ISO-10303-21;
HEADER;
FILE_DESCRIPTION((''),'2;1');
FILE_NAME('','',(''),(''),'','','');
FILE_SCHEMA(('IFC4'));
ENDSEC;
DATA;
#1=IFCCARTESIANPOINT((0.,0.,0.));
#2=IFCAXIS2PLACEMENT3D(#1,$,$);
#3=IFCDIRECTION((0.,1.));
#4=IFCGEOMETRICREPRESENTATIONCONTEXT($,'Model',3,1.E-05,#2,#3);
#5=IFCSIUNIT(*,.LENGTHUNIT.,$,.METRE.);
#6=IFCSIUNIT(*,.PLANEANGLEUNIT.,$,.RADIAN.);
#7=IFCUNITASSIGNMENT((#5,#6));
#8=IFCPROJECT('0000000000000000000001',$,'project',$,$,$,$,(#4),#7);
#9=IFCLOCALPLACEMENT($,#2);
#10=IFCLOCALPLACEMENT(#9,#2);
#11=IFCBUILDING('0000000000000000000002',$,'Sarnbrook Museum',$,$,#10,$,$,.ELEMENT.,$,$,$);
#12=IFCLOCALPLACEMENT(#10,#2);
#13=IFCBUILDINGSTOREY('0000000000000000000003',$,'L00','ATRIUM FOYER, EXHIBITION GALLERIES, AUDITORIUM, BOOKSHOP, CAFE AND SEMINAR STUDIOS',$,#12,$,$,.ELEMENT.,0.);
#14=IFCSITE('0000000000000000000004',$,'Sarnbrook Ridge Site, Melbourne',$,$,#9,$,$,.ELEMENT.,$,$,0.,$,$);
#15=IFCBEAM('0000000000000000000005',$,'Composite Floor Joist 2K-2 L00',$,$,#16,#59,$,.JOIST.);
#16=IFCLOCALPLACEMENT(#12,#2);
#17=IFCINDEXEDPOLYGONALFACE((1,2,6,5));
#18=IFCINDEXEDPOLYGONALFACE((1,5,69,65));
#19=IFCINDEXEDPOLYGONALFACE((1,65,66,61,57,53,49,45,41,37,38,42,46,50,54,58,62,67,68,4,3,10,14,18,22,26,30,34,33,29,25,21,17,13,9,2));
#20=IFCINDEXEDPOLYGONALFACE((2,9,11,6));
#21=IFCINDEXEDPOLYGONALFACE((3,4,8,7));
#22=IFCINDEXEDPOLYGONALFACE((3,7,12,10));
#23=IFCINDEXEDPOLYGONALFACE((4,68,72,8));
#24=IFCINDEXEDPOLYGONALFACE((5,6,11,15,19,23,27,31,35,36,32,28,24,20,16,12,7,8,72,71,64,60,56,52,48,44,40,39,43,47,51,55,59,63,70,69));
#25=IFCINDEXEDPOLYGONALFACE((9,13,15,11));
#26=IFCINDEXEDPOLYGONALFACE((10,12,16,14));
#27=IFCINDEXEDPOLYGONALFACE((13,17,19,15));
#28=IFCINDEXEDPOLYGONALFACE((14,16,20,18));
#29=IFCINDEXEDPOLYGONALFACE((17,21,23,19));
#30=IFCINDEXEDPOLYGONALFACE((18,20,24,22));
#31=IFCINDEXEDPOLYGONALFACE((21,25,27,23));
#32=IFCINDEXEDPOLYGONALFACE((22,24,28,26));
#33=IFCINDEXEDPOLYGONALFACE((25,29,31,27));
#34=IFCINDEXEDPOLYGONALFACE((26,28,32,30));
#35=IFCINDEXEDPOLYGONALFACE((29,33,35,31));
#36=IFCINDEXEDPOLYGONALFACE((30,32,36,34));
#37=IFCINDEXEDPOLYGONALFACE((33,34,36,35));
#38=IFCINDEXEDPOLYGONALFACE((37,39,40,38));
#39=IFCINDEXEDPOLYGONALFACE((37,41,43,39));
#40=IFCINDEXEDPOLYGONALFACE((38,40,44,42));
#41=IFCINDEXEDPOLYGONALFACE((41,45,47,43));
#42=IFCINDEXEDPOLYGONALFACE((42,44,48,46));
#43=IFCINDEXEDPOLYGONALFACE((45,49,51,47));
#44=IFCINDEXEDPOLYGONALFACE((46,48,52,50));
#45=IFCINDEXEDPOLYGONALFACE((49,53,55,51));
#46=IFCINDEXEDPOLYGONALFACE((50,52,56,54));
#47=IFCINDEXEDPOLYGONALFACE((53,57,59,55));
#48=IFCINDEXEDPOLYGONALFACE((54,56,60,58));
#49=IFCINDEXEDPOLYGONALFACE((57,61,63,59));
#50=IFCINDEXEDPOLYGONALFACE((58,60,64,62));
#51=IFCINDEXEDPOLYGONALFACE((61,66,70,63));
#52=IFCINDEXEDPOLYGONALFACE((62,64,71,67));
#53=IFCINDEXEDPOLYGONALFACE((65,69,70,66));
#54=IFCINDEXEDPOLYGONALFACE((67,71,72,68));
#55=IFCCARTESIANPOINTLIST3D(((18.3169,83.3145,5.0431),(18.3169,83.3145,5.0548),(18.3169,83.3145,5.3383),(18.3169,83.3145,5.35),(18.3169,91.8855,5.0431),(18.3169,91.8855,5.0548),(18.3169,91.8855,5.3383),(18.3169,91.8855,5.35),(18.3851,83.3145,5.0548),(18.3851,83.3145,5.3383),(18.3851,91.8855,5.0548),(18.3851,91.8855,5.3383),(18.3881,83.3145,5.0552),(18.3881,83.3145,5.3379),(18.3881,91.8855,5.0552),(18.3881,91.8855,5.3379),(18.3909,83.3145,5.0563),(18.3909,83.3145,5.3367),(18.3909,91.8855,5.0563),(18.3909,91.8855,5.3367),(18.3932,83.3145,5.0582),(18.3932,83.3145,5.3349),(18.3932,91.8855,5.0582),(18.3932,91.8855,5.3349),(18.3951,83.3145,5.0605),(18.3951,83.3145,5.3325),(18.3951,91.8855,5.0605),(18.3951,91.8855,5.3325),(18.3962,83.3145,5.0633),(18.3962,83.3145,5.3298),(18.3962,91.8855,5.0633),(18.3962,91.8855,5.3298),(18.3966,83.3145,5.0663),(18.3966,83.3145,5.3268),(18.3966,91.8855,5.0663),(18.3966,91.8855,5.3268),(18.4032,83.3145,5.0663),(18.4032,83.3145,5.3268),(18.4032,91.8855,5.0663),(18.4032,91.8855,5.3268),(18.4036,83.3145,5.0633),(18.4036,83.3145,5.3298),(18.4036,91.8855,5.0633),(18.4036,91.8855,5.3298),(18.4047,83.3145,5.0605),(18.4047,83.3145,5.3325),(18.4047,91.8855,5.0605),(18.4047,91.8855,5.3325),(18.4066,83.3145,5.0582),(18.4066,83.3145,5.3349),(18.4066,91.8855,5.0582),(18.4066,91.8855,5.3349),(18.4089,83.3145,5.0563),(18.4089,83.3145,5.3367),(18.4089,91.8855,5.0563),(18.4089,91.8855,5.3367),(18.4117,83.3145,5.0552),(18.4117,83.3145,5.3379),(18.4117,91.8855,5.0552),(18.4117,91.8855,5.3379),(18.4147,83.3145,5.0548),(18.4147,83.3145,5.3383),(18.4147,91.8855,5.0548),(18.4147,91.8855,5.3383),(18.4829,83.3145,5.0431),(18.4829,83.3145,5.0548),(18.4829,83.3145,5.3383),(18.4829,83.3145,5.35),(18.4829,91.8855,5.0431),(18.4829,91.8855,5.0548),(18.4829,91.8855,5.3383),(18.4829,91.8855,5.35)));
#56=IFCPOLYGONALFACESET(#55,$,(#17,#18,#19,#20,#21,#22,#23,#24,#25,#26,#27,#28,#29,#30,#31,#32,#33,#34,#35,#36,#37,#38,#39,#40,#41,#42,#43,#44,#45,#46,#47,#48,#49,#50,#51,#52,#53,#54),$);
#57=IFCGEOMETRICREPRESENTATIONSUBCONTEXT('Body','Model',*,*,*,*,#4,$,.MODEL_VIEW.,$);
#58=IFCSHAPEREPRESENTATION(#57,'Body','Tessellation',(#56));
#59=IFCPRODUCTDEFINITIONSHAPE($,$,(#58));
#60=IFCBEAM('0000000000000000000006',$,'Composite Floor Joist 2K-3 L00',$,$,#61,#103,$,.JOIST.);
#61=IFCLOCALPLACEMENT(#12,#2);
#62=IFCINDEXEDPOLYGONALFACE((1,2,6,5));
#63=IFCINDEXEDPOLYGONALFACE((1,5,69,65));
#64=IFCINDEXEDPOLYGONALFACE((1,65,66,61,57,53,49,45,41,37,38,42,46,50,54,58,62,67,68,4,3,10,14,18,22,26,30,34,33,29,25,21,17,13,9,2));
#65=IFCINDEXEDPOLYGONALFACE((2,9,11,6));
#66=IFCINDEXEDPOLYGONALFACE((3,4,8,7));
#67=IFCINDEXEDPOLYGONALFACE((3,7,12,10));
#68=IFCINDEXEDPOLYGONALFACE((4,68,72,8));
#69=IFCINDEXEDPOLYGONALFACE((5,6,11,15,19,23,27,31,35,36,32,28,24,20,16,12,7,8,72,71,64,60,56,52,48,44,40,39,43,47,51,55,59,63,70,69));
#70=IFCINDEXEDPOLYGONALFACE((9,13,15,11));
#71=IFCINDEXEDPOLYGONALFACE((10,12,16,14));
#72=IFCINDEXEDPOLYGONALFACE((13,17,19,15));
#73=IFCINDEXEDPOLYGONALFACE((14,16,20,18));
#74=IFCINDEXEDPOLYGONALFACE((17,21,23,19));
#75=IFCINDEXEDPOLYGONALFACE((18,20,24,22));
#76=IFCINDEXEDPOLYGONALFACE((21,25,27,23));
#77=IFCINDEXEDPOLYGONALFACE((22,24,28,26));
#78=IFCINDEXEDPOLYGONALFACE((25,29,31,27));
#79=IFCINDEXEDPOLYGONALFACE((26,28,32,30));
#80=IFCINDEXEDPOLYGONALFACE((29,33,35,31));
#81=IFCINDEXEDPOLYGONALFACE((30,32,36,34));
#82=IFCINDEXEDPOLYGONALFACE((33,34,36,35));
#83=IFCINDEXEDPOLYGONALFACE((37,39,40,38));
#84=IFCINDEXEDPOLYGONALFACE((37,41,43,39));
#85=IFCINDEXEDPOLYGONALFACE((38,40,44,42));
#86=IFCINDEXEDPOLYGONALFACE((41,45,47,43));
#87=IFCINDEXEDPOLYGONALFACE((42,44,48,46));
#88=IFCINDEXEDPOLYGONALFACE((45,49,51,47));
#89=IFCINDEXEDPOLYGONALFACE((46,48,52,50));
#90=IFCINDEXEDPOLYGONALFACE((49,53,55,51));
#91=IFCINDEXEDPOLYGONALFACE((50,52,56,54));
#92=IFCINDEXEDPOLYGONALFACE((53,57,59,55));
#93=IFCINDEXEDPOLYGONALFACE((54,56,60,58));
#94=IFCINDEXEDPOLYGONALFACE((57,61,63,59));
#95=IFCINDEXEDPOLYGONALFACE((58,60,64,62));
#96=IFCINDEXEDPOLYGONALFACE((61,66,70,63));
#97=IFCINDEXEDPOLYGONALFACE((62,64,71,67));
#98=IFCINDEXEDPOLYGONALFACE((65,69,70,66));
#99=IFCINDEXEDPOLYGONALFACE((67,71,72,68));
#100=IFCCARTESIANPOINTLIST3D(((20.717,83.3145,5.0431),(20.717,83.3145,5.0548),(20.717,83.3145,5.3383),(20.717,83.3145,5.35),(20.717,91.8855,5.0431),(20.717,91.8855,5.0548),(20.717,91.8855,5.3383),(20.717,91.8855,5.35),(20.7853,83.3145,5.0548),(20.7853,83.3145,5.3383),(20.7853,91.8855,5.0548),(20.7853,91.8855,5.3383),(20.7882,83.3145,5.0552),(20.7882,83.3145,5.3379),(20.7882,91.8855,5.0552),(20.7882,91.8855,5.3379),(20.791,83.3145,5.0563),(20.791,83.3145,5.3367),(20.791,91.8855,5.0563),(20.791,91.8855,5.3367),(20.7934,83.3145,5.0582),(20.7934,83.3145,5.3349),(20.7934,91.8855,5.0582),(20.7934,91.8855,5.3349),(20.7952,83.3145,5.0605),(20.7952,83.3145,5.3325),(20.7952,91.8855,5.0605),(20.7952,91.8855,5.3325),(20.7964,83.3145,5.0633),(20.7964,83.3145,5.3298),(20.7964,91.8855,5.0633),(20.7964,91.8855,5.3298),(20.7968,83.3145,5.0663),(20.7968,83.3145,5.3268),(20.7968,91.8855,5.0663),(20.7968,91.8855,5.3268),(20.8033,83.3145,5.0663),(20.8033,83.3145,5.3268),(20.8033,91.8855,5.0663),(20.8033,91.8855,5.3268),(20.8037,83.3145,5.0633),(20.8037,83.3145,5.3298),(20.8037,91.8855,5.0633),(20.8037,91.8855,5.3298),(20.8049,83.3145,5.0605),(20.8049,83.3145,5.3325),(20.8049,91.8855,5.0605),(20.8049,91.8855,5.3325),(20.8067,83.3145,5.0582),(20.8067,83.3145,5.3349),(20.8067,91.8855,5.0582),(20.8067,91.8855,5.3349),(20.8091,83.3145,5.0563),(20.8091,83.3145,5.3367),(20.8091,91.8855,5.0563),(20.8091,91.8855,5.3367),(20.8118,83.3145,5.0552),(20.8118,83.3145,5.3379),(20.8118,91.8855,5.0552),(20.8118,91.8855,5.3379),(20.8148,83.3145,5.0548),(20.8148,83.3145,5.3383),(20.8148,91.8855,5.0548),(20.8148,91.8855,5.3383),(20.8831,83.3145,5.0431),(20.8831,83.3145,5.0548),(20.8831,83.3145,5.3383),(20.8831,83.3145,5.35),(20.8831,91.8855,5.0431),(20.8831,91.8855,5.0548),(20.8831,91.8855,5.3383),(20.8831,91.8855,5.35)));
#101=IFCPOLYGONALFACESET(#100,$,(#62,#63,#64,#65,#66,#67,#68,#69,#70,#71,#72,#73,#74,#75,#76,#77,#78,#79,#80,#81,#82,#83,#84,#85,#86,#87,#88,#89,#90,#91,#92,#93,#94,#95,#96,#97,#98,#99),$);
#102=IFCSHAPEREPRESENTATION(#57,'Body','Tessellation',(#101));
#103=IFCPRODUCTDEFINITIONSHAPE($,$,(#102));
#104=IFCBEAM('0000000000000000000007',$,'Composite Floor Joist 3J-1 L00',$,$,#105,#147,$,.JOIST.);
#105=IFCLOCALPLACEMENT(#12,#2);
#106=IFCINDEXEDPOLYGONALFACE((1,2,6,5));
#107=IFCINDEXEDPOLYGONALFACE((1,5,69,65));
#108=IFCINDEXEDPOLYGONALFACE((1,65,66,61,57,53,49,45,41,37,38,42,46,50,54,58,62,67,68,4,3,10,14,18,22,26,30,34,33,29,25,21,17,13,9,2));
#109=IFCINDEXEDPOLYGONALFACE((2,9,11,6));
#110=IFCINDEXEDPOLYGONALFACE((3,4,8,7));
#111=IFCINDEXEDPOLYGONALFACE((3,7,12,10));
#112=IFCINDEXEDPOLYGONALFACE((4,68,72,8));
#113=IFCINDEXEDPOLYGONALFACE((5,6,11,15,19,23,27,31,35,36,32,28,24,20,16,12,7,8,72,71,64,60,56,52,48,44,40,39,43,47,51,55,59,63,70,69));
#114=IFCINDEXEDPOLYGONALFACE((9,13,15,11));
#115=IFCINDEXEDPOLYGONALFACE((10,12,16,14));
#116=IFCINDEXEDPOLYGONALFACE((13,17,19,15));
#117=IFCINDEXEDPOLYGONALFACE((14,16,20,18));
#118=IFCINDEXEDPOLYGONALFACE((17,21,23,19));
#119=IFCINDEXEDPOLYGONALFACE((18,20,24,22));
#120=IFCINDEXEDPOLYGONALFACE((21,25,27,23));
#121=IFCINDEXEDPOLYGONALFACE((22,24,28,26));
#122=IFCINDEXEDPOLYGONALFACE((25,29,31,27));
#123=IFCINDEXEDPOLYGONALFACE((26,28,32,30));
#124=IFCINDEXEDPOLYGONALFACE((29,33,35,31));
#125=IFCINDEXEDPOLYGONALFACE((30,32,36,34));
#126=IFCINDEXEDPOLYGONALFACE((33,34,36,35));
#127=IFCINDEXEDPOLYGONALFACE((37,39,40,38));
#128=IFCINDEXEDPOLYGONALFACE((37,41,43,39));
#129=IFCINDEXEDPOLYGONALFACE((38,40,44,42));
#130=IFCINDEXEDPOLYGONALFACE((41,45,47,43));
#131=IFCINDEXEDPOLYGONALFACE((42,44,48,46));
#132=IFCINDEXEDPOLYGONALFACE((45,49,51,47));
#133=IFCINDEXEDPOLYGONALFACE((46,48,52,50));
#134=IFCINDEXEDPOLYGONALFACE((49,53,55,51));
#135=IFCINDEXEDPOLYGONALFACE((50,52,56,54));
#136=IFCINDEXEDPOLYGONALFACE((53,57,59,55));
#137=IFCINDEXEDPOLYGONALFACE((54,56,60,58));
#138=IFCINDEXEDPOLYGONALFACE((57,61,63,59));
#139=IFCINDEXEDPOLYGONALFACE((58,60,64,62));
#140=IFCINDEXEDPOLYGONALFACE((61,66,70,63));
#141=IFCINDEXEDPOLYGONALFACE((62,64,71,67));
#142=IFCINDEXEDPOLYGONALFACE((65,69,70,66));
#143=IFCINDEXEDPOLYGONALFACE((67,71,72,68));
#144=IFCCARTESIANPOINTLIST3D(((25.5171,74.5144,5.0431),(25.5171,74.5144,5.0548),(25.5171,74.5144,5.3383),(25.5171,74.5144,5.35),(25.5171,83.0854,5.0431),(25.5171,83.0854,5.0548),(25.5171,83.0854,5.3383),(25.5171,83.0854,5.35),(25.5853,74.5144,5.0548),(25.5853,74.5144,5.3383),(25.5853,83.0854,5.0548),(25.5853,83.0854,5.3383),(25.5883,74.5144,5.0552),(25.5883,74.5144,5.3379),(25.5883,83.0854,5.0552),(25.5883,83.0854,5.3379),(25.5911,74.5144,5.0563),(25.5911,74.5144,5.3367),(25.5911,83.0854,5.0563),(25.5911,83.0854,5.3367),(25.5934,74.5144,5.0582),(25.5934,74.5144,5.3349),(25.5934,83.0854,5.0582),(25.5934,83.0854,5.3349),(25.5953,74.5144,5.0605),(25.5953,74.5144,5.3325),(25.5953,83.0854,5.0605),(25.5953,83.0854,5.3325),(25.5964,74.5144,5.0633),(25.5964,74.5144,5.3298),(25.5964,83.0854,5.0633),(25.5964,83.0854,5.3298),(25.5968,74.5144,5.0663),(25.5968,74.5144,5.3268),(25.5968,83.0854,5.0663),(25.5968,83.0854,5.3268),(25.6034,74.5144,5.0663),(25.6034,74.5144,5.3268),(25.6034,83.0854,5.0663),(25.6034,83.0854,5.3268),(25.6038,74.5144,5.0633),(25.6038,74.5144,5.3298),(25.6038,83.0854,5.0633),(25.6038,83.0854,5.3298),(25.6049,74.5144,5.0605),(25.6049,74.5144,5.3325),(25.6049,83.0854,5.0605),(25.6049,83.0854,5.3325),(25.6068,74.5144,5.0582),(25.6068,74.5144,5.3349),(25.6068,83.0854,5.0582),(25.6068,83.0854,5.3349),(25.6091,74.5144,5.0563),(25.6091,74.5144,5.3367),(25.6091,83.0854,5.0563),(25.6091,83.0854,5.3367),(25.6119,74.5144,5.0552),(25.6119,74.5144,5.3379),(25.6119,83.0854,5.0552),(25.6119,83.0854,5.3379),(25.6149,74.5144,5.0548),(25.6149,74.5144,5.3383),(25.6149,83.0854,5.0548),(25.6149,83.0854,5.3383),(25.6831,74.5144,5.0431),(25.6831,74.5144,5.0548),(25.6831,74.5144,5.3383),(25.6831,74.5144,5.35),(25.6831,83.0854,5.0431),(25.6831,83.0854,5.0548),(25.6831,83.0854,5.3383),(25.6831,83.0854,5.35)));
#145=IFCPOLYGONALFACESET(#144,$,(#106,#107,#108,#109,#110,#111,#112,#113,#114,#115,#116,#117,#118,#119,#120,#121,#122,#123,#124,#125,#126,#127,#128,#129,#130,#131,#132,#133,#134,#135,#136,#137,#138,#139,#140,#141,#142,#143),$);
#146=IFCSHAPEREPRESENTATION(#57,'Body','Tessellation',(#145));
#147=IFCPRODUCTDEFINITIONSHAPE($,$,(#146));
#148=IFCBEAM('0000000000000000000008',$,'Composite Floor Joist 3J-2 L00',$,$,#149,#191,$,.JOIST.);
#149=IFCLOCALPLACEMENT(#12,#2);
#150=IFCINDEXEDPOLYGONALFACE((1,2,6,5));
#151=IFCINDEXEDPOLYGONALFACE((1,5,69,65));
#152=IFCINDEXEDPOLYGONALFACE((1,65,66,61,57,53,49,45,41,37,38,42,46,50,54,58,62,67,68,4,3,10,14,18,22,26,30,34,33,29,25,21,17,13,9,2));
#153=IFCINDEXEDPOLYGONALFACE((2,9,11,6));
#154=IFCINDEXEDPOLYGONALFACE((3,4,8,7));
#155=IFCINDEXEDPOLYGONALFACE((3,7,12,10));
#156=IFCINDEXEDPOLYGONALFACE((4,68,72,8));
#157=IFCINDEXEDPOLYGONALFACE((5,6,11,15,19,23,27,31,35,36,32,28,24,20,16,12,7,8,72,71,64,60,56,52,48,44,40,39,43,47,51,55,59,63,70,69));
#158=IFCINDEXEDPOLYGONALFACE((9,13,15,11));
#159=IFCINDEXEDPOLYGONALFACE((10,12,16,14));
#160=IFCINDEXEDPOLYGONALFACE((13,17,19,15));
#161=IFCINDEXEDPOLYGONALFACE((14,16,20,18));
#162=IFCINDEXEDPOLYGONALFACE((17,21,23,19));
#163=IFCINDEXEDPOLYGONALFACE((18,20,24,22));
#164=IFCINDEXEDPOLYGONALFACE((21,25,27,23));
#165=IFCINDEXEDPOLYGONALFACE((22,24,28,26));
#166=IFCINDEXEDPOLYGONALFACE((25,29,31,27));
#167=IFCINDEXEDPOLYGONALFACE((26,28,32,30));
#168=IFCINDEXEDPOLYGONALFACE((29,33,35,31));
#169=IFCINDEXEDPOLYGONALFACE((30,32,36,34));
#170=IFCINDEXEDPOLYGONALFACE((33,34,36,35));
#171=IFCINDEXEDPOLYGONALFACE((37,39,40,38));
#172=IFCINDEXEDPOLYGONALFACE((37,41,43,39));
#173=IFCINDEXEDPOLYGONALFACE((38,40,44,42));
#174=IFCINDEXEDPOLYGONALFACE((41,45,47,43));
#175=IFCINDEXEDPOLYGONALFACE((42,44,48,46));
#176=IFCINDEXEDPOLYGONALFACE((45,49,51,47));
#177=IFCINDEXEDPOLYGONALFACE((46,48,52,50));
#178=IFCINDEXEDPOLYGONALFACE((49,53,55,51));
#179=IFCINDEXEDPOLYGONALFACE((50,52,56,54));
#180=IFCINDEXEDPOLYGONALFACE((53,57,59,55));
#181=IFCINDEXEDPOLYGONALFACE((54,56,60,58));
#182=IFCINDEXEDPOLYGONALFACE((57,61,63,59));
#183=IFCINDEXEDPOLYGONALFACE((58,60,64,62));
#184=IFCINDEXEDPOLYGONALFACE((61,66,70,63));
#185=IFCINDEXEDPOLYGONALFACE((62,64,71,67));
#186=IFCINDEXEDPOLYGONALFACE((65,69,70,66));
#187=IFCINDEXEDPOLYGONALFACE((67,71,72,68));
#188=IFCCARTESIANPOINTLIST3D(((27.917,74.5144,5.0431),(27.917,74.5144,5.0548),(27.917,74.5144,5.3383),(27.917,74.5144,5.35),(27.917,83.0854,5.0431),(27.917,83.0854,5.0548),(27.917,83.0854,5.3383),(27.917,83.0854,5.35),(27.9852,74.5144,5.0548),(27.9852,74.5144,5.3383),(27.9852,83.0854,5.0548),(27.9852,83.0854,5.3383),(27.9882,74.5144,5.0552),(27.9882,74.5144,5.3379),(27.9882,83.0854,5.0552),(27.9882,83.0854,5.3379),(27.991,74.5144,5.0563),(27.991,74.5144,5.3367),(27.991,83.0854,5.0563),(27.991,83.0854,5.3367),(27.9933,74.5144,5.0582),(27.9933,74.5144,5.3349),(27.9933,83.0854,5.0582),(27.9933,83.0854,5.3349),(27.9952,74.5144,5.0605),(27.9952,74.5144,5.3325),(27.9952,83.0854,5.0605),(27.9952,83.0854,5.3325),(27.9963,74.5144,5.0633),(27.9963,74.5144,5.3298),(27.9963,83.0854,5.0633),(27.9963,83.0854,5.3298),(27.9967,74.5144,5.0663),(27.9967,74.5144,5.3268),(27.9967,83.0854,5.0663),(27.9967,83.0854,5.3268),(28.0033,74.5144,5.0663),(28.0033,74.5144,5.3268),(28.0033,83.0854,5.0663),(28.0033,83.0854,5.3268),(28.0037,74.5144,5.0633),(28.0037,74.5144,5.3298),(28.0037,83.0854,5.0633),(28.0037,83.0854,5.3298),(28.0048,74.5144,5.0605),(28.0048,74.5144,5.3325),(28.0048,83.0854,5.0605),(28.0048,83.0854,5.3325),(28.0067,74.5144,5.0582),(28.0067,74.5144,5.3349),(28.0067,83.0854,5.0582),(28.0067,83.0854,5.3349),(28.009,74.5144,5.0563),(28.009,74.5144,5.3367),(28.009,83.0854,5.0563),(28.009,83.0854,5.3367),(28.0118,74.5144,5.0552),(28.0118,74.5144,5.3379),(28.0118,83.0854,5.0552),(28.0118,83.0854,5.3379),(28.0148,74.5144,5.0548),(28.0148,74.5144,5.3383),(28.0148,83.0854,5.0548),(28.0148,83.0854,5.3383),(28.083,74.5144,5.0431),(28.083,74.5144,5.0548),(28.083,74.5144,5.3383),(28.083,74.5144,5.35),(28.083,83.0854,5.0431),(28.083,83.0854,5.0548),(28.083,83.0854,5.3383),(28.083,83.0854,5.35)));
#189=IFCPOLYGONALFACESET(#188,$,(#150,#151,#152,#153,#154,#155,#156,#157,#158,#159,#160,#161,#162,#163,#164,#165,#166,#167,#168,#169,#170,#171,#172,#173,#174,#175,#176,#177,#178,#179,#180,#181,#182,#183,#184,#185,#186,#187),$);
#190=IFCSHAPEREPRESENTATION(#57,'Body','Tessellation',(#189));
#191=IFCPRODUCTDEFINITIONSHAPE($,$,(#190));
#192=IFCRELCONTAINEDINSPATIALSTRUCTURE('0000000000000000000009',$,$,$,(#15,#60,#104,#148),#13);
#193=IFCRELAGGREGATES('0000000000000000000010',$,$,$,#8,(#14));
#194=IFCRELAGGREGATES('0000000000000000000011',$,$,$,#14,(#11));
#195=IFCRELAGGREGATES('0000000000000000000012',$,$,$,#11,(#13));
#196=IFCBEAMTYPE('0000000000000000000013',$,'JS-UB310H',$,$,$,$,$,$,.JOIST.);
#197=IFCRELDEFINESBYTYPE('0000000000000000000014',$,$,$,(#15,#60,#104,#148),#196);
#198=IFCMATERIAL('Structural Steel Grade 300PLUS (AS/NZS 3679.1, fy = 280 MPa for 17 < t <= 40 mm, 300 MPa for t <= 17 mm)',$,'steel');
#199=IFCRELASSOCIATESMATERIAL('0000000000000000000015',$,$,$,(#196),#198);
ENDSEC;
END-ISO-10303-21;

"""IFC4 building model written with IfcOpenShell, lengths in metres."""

from ifc_helpers import new_model, si_unit, direction, frame, origin, origin_2d, place, context, subcontext, project, spatial, i_section, extrude, material, material_profile, profile_set, type_object, element, save


model = new_model("IFC4")

# Units and contexts
model_context = context("Model", 3, precision=1e-05, world=origin(), true_north=direction((0.0, 1.0)))
body_context = subcontext(model_context, "Body", "Model", "MODEL_VIEW")
ifc_project = project(units=[si_unit("LENGTHUNIT", "METRE"), si_unit("PLANEANGLEUNIT", "RADIAN")], contexts=[model_context])

# Site, building, storey
site_placement = place(None, origin())
site = spatial("IfcSite", under=ifc_project, at=site_placement, Name="Sarnbrook Ridge Site, Melbourne", CompositionType="ELEMENT", RefElevation=0.0)
building_placement = place(site_placement, origin())
building = spatial("IfcBuilding", under=site, at=building_placement, Name="Sarnbrook Museum", CompositionType="ELEMENT")
storey_placement = place(building_placement, origin())
storey = spatial("IfcBuildingStorey", under=building, at=storey_placement, Name="L00", Description="ATRIUM FOYER, EXHIBITION GALLERIES, AUDITORIUM, BOOKSHOP, CAFE AND SEMINAR STUDIOS", CompositionType="ELEMENT", Elevation=0.0)

# Shared definitions
ifc_material_1 = material(Name="Structural Steel Grade 300PLUS (AS/NZS 3679.1, fy = 280 MPa for 17 < t <= 40 mm, 300 MPa for t <= 17 mm)", Category="steel")

# Beams
ifc_material_profile_1 = material_profile(ifc_material_1, i_section(OverallWidth=0.166, OverallDepth=0.3069, WebThickness=0.0066, FlangeThickness=0.0117, FilletRadius=0.0115, at=origin_2d()), Name="310UB46.2")
ifc_profile_set_1 = profile_set([ifc_material_profile_1], Name="Structural Steel Grade 300PLUS (AS/NZS 3679.1, fy = 280 MPa for 17 < t <= 40 mm, 300 MPa for t <= 17 mm)")
beam_type_1 = type_object("IfcBeamType", Name="JS-UB310H", PredefinedType="JOIST", material=ifc_profile_set_1)
for number, where, z_axis, x_axis, name in (
    (1, (18.3999, 83.3145, 5.1965), (0.0, 1.0, 0.0), (-1.0, 0.0, 0.0), "Composite Floor Joist 2K-2 L00"),
    (2, (20.8, 83.3145, 5.1965), (0.0, 1.0, 0.0), (-1.0, 0.0, 0.0), "Composite Floor Joist 2K-3 L00"),
    (3, (25.6001, 74.5144, 5.1965), (0.0, 1.0, 0.0), (-1.0, 0.0, 0.0), "Composite Floor Joist 3J-1 L00"),
    (4, (28.0, 74.5144, 5.1965), (0.0, 1.0, 0.0), (-1.0, 0.0, 0.0), "Composite Floor Joist 3J-2 L00"),
):
    element("IfcBeam", number, at=place(storey_placement, frame(where, z_axis=z_axis, x_axis=x_axis)), inside=storey, type_object=beam_type_1, Name=name, PredefinedType="JOIST", context=body_context, shape_type="SweptSolid", body=[
        extrude(i_section(OverallWidth=0.166, OverallDepth=0.3069, WebThickness=0.0066, FlangeThickness=0.0117, FilletRadius=0.0115, at=origin_2d()), origin(), (0.0, 0.0, 1.0), 8.571),
    ])

save(model, "model.ifc")
